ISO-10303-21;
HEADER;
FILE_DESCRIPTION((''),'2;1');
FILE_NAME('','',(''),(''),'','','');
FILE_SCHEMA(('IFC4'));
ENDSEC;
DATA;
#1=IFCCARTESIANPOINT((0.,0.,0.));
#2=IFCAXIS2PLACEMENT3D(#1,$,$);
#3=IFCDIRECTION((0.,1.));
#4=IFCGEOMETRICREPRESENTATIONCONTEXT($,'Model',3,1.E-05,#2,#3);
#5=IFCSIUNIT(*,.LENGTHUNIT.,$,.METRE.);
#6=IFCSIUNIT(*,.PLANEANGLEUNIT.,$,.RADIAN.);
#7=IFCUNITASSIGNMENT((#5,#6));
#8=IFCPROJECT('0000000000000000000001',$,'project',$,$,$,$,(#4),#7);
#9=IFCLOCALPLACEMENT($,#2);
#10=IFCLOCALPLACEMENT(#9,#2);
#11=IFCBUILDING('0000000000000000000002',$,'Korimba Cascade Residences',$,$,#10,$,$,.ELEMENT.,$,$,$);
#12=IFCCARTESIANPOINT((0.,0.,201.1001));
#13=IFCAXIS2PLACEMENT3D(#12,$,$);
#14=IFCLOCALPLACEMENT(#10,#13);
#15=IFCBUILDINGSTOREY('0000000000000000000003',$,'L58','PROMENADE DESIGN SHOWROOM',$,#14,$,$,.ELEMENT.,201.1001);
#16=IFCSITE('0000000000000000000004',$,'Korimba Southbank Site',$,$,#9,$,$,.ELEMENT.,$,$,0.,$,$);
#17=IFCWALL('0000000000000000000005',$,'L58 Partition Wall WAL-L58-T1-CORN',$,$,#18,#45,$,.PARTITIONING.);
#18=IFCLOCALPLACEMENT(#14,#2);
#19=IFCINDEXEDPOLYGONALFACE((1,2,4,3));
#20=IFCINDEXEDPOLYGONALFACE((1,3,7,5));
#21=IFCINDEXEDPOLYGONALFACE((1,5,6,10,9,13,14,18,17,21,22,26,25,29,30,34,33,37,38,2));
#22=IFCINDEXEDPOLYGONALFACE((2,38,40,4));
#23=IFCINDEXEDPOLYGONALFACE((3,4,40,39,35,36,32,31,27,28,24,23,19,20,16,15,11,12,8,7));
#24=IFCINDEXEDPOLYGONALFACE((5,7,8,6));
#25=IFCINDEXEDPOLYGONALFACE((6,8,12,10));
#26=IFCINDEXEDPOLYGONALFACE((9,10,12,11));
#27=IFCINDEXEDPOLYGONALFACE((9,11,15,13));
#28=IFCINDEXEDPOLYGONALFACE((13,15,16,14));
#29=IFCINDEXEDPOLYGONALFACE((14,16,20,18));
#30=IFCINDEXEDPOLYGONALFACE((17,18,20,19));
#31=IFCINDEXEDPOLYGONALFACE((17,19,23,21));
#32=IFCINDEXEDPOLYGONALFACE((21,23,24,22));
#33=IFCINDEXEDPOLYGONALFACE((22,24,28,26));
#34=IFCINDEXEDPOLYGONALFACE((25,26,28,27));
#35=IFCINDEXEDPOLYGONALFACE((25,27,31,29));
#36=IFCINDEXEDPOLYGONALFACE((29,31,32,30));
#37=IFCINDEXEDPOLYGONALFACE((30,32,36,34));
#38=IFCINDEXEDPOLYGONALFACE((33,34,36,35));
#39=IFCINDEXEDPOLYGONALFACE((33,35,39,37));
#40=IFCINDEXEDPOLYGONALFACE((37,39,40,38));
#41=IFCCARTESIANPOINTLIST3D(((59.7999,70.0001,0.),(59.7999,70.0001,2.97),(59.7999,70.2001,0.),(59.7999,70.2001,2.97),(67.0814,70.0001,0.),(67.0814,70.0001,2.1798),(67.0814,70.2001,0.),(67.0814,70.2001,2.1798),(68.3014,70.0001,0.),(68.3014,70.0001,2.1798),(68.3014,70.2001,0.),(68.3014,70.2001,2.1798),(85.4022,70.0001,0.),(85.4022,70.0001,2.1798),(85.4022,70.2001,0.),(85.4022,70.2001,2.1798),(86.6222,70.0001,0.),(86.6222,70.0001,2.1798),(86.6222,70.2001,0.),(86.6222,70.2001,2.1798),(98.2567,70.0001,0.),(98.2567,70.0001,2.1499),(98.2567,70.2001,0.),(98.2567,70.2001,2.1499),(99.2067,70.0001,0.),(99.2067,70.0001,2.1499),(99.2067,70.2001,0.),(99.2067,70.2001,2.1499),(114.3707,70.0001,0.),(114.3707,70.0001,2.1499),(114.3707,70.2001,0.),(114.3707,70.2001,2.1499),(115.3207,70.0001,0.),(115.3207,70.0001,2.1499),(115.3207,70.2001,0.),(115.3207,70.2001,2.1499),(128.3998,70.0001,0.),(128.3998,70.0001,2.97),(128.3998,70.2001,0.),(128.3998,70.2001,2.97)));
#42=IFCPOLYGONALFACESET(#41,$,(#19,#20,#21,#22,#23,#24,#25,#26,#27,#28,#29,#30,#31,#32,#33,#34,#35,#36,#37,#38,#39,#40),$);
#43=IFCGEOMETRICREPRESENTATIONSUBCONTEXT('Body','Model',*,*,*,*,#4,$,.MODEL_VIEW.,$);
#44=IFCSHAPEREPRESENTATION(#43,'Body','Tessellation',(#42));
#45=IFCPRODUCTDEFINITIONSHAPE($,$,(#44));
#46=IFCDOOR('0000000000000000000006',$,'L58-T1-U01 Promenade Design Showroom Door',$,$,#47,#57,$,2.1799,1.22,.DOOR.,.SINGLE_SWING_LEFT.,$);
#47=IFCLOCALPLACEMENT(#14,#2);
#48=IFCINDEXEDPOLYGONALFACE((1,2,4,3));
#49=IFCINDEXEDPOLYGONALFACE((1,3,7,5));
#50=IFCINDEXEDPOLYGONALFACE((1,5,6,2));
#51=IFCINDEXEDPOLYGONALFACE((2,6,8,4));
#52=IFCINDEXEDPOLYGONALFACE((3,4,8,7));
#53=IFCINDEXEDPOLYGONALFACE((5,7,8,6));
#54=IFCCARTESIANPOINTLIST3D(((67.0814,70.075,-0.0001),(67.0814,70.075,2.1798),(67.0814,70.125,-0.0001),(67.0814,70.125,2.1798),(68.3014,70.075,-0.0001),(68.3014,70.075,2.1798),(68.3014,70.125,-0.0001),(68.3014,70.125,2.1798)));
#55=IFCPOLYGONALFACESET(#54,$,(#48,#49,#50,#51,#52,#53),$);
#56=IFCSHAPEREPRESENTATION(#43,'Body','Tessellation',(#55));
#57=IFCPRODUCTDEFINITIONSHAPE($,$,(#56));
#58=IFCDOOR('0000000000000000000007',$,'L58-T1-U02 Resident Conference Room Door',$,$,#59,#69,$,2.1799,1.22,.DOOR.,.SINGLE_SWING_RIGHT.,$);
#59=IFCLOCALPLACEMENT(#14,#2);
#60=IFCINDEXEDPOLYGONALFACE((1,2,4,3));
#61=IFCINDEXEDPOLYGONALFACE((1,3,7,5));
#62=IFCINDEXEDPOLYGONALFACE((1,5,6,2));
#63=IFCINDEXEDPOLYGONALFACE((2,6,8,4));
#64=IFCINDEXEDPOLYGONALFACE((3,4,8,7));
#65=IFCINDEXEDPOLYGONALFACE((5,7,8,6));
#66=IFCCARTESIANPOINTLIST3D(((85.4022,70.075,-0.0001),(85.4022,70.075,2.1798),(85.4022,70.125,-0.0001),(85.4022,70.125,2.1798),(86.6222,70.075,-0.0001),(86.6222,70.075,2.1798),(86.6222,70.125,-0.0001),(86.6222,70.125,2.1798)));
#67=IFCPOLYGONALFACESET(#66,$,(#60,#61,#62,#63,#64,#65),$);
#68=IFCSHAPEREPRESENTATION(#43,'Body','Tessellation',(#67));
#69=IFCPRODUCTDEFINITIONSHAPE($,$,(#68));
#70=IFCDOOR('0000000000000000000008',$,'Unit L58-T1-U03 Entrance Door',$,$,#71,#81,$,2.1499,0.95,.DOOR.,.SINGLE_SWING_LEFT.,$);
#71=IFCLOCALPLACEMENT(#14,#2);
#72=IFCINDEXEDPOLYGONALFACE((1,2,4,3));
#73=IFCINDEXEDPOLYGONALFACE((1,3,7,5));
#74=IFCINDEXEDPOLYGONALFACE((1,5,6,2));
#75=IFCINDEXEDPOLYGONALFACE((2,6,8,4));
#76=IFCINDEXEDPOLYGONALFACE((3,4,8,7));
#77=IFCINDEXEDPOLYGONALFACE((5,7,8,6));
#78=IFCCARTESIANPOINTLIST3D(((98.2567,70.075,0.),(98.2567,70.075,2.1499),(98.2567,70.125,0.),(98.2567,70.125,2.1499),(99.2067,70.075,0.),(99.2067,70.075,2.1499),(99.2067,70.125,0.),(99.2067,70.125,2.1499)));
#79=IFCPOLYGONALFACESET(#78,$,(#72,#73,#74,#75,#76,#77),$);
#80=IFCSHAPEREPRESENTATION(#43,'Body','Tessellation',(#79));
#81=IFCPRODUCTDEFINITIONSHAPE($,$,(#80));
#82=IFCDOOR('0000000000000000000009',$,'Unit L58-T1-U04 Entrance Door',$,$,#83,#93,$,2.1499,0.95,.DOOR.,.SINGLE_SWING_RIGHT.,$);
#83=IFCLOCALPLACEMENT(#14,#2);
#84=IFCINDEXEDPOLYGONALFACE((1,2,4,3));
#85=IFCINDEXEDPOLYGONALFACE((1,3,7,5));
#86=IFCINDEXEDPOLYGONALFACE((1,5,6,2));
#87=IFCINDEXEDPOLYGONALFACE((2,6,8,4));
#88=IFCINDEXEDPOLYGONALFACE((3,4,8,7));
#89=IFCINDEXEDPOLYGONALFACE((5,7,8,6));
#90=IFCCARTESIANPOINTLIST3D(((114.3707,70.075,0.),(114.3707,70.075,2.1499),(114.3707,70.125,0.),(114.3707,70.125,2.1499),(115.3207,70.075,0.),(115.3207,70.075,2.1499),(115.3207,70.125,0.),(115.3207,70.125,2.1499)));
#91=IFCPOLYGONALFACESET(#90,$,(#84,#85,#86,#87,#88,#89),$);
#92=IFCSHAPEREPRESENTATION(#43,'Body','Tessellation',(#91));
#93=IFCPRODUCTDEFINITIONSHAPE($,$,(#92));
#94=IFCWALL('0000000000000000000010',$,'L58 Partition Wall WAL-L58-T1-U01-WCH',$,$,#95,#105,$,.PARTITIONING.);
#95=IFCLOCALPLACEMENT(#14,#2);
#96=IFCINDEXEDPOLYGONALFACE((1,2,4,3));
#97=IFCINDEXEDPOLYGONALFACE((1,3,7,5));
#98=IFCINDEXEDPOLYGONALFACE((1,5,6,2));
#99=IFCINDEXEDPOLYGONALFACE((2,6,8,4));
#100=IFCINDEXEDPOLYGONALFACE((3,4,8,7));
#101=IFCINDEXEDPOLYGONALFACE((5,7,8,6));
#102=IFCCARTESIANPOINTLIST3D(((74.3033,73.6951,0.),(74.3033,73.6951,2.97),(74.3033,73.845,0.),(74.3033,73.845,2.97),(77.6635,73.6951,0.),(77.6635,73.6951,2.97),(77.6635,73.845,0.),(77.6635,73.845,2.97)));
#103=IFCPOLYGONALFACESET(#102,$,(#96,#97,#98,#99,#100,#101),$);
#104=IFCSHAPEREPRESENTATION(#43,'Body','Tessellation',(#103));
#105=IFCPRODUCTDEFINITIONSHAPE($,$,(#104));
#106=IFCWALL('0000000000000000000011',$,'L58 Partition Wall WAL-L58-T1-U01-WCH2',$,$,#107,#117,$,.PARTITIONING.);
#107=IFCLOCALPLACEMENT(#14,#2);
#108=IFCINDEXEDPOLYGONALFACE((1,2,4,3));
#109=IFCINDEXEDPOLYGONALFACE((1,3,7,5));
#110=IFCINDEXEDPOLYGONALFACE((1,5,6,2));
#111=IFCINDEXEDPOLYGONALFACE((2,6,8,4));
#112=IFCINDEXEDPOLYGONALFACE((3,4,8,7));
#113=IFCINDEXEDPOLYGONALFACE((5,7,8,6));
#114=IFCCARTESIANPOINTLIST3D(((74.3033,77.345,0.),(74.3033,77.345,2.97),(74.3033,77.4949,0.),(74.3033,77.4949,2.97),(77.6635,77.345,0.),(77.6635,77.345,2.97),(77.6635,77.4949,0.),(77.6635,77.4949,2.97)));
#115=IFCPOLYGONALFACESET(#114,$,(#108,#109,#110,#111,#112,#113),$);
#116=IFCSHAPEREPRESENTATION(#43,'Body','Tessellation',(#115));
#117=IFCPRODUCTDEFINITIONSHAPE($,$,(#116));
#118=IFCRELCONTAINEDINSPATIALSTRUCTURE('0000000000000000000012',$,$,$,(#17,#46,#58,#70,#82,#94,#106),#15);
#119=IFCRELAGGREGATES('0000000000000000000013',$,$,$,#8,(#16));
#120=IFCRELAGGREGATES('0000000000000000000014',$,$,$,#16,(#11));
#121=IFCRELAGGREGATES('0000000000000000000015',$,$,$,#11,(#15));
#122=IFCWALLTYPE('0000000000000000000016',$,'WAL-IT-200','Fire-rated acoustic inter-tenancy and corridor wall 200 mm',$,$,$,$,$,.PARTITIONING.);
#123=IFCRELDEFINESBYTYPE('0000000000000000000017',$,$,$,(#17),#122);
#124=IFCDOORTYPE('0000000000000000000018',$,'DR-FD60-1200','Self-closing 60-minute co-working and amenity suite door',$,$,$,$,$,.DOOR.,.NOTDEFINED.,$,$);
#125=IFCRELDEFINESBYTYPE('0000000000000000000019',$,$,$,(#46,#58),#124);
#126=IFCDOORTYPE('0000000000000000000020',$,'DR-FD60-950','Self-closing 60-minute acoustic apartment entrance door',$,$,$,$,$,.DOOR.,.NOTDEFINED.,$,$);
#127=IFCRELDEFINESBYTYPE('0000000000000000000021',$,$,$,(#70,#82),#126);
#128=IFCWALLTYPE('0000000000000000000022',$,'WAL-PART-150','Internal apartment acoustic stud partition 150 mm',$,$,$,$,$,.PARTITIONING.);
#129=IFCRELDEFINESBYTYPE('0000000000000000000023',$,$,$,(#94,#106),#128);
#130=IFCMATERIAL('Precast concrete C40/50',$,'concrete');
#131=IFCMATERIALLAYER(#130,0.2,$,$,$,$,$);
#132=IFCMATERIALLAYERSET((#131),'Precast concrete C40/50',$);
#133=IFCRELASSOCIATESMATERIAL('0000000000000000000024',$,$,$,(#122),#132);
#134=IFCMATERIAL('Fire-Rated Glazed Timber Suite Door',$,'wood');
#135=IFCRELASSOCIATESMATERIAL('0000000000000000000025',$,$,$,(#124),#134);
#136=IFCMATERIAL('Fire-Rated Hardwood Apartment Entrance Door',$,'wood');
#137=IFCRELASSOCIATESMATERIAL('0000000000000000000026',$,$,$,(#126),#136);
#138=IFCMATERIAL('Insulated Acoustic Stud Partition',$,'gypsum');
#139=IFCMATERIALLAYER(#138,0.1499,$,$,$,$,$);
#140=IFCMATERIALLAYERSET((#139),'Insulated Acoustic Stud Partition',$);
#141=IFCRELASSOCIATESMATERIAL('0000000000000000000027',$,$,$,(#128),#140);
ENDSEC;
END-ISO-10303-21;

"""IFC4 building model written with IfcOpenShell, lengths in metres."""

from ifc_helpers import new_model, si_unit, direction, frame, frame_2d, origin, place, context, subcontext, project, spatial, rectangle, extrude, material, layer, layer_set, type_object, element, fill, save


model = new_model("IFC4")

# Units and contexts
model_context = context("Model", 3, precision=1e-05, world=origin(), true_north=direction((0.0, 1.0)))
body_context = subcontext(model_context, "Body", "Model", "MODEL_VIEW")
ifc_project = project(units=[si_unit("LENGTHUNIT", "METRE"), si_unit("PLANEANGLEUNIT", "RADIAN")], contexts=[model_context])

# Site, building, storey
site_placement = place(None, origin())
site = spatial("IfcSite", under=ifc_project, at=site_placement, Name="Korimba Southbank Site", CompositionType="ELEMENT", RefElevation=0.0)
building_placement = place(site_placement, origin())
building = spatial("IfcBuilding", under=site, at=building_placement, Name="Korimba Cascade Residences", CompositionType="ELEMENT")
storey_placement = place(building_placement, frame((0.0, 0.0, 201.1001)))
storey = spatial("IfcBuildingStorey", under=building, at=storey_placement, Name="L58", Description="PROMENADE DESIGN SHOWROOM", CompositionType="ELEMENT", Elevation=201.1001)

# Shared definitions
ifc_material_1 = material(Name="Precast concrete C40/50", Category="concrete")
ifc_layer_1 = layer(ifc_material_1, 0.2)
ifc_layer_set_1 = layer_set([ifc_layer_1], Name="Precast concrete C40/50")
wall_type_1 = type_object("IfcWallType", Name="WAL-IT-200", Description="Fire-rated acoustic inter-tenancy and corridor wall 200 mm", PredefinedType="PARTITIONING", material=ifc_layer_set_1)

# Wall, openings, doors
wall_1_placement = place(storey_placement, frame((59.8, 70.1001, 0.0), z_axis=(0.0, 0.0, 1.0), x_axis=(1.0, 0.0, 0.0)))
wall_1 = element("IfcWall", 1, at=wall_1_placement, inside=storey, type_object=wall_type_1, Name="L58 Partition Wall WAL-L58-T1-CORN", PredefinedType="PARTITIONING", context=body_context, shape_type="SweptSolid", body=[
    extrude(rectangle(XDim=68.5999, YDim=0.2, at=frame_2d((34.2998, 0.0))), origin(), (0.0, 0.0, 1.0), 2.97),
])
opening_1_placement = place(wall_1_placement, frame((7.2815, 0.0, 0.0)))
opening_1 = element("IfcOpeningElement", 2, at=opening_1_placement, cuts=wall_1, PredefinedType="OPENING", context=body_context, shape_type="SweptSolid", body=[
    extrude(rectangle(XDim=1.22, YDim=2.1799, at=frame_2d((0.6099, 1.0898))), frame((0.0, 0.1099, 0.0), z_axis=(0.0, -1.0, 0.0), x_axis=(1.0, 0.0, 0.0)), (0.0, 0.0, 1.0), 0.22),
])
opening_2_placement = place(wall_1_placement, frame((25.6023, 0.0, 0.0)))
opening_2 = element("IfcOpeningElement", 3, at=opening_2_placement, cuts=wall_1, PredefinedType="OPENING", context=body_context, shape_type="SweptSolid", body=[
    extrude(rectangle(XDim=1.22, YDim=2.1799, at=frame_2d((0.6099, 1.0898))), frame((0.0, 0.1099, 0.0), z_axis=(0.0, -1.0, 0.0), x_axis=(1.0, 0.0, 0.0)), (0.0, 0.0, 1.0), 0.22),
])
opening_3_placement = place(wall_1_placement, frame((38.4565, 0.0, 0.0)))
opening_3 = element("IfcOpeningElement", 4, at=opening_3_placement, cuts=wall_1, PredefinedType="OPENING", context=body_context, shape_type="SweptSolid", body=[
    extrude(rectangle(XDim=0.95, YDim=2.1499, at=frame_2d((0.4751, 1.075))), frame((0.0, 0.1099, 0.0), z_axis=(0.0, -1.0, 0.0), x_axis=(1.0, 0.0, 0.0)), (0.0, 0.0, 1.0), 0.22),
])
opening_4_placement = place(wall_1_placement, frame((54.5706, 0.0, 0.0)))
opening_4 = element("IfcOpeningElement", 5, at=opening_4_placement, cuts=wall_1, PredefinedType="OPENING", context=body_context, shape_type="SweptSolid", body=[
    extrude(rectangle(XDim=0.95, YDim=2.1499, at=frame_2d((0.4751, 1.075))), frame((0.0, 0.1099, 0.0), z_axis=(0.0, -1.0, 0.0), x_axis=(1.0, 0.0, 0.0)), (0.0, 0.0, 1.0), 0.22),
])
ifc_material_2 = material(Name="Fire-Rated Glazed Timber Suite Door", Category="wood")
door_type_1 = type_object("IfcDoorType", Name="DR-FD60-1200", Description="Self-closing 60-minute co-working and amenity suite door", OperationType="NOTDEFINED", PredefinedType="DOOR", material=ifc_material_2)
door_1_placement = place(opening_1_placement, origin())
door_1 = element("IfcDoor", 6, at=door_1_placement, inside=storey, type_object=door_type_1, Name="L58-T1-U01 Promenade Design Showroom Door", OperationType="SINGLE_SWING_LEFT", OverallHeight=2.1799, OverallWidth=1.22, PredefinedType="DOOR", context=body_context, shape_type="SweptSolid", body=[
    extrude(rectangle(XDim=1.22, YDim=2.1799, at=frame_2d((0.6099, 1.0898))), frame((0.0, 0.0249, 0.0), z_axis=(0.0, -1.0, 0.0), x_axis=(1.0, 0.0, 0.0)), (0.0, 0.0, 1.0), 0.05),
])
fill(opening_1, door_1)
door_2_placement = place(opening_2_placement, origin())
door_2 = element("IfcDoor", 7, at=door_2_placement, inside=storey, type_object=door_type_1, Name="L58-T1-U02 Resident Conference Room Door", OperationType="SINGLE_SWING_RIGHT", OverallHeight=2.1799, OverallWidth=1.22, PredefinedType="DOOR", context=body_context, shape_type="SweptSolid", body=[
    extrude(rectangle(XDim=1.22, YDim=2.1799, at=frame_2d((0.6099, 1.0898))), frame((0.0, 0.0249, 0.0), z_axis=(0.0, -1.0, 0.0), x_axis=(1.0, 0.0, 0.0)), (0.0, 0.0, 1.0), 0.05),
])
fill(opening_2, door_2)
ifc_material_3 = material(Name="Fire-Rated Hardwood Apartment Entrance Door", Category="wood")
door_type_2 = type_object("IfcDoorType", Name="DR-FD60-950", Description="Self-closing 60-minute acoustic apartment entrance door", OperationType="NOTDEFINED", PredefinedType="DOOR", material=ifc_material_3)
door_3_placement = place(opening_3_placement, origin())
door_3 = element("IfcDoor", 8, at=door_3_placement, inside=storey, type_object=door_type_2, Name="Unit L58-T1-U03 Entrance Door", OperationType="SINGLE_SWING_LEFT", OverallHeight=2.1499, OverallWidth=0.95, PredefinedType="DOOR", context=body_context, shape_type="SweptSolid", body=[
    extrude(rectangle(XDim=0.95, YDim=2.1499, at=frame_2d((0.4751, 1.075))), frame((0.0, 0.0249, 0.0), z_axis=(0.0, -1.0, 0.0), x_axis=(1.0, 0.0, 0.0)), (0.0, 0.0, 1.0), 0.05),
])
fill(opening_3, door_3)
door_4_placement = place(opening_4_placement, origin())
door_4 = element("IfcDoor", 9, at=door_4_placement, inside=storey, type_object=door_type_2, Name="Unit L58-T1-U04 Entrance Door", OperationType="SINGLE_SWING_RIGHT", OverallHeight=2.1499, OverallWidth=0.95, PredefinedType="DOOR", context=body_context, shape_type="SweptSolid", body=[
    extrude(rectangle(XDim=0.95, YDim=2.1499, at=frame_2d((0.4751, 1.075))), frame((0.0, 0.0249, 0.0), z_axis=(0.0, -1.0, 0.0), x_axis=(1.0, 0.0, 0.0)), (0.0, 0.0, 1.0), 0.05),
])
fill(opening_4, door_4)

# Walls
ifc_material_4 = material(Name="Insulated Acoustic Stud Partition", Category="gypsum")
ifc_layer_2 = layer(ifc_material_4, 0.1499)
ifc_layer_set_2 = layer_set([ifc_layer_2], Name="Insulated Acoustic Stud Partition")
wall_type_2 = type_object("IfcWallType", Name="WAL-PART-150", Description="Internal apartment acoustic stud partition 150 mm", PredefinedType="PARTITIONING", material=ifc_layer_set_2)
for number, where, z_axis, x_axis, name in (
    (10, (74.3032, 73.77, 0.0), (0.0, 0.0, 1.0), (1.0, 0.0, 0.0), "L58 Partition Wall WAL-L58-T1-U01-WCH"),
    (11, (74.3032, 77.4199, 0.0), (0.0, 0.0, 1.0), (1.0, 0.0, 0.0), "L58 Partition Wall WAL-L58-T1-U01-WCH2"),
):
    element("IfcWall", number, at=place(storey_placement, frame(where, z_axis=z_axis, x_axis=x_axis)), inside=storey, type_object=wall_type_2, Name=name, PredefinedType="PARTITIONING", context=body_context, shape_type="SweptSolid", body=[
        extrude(rectangle(XDim=3.3601, YDim=0.1499, at=frame_2d((1.6802, 0.0))), origin(), (0.0, 0.0, 1.0), 2.97),
    ])

save(model, "model.ifc")
